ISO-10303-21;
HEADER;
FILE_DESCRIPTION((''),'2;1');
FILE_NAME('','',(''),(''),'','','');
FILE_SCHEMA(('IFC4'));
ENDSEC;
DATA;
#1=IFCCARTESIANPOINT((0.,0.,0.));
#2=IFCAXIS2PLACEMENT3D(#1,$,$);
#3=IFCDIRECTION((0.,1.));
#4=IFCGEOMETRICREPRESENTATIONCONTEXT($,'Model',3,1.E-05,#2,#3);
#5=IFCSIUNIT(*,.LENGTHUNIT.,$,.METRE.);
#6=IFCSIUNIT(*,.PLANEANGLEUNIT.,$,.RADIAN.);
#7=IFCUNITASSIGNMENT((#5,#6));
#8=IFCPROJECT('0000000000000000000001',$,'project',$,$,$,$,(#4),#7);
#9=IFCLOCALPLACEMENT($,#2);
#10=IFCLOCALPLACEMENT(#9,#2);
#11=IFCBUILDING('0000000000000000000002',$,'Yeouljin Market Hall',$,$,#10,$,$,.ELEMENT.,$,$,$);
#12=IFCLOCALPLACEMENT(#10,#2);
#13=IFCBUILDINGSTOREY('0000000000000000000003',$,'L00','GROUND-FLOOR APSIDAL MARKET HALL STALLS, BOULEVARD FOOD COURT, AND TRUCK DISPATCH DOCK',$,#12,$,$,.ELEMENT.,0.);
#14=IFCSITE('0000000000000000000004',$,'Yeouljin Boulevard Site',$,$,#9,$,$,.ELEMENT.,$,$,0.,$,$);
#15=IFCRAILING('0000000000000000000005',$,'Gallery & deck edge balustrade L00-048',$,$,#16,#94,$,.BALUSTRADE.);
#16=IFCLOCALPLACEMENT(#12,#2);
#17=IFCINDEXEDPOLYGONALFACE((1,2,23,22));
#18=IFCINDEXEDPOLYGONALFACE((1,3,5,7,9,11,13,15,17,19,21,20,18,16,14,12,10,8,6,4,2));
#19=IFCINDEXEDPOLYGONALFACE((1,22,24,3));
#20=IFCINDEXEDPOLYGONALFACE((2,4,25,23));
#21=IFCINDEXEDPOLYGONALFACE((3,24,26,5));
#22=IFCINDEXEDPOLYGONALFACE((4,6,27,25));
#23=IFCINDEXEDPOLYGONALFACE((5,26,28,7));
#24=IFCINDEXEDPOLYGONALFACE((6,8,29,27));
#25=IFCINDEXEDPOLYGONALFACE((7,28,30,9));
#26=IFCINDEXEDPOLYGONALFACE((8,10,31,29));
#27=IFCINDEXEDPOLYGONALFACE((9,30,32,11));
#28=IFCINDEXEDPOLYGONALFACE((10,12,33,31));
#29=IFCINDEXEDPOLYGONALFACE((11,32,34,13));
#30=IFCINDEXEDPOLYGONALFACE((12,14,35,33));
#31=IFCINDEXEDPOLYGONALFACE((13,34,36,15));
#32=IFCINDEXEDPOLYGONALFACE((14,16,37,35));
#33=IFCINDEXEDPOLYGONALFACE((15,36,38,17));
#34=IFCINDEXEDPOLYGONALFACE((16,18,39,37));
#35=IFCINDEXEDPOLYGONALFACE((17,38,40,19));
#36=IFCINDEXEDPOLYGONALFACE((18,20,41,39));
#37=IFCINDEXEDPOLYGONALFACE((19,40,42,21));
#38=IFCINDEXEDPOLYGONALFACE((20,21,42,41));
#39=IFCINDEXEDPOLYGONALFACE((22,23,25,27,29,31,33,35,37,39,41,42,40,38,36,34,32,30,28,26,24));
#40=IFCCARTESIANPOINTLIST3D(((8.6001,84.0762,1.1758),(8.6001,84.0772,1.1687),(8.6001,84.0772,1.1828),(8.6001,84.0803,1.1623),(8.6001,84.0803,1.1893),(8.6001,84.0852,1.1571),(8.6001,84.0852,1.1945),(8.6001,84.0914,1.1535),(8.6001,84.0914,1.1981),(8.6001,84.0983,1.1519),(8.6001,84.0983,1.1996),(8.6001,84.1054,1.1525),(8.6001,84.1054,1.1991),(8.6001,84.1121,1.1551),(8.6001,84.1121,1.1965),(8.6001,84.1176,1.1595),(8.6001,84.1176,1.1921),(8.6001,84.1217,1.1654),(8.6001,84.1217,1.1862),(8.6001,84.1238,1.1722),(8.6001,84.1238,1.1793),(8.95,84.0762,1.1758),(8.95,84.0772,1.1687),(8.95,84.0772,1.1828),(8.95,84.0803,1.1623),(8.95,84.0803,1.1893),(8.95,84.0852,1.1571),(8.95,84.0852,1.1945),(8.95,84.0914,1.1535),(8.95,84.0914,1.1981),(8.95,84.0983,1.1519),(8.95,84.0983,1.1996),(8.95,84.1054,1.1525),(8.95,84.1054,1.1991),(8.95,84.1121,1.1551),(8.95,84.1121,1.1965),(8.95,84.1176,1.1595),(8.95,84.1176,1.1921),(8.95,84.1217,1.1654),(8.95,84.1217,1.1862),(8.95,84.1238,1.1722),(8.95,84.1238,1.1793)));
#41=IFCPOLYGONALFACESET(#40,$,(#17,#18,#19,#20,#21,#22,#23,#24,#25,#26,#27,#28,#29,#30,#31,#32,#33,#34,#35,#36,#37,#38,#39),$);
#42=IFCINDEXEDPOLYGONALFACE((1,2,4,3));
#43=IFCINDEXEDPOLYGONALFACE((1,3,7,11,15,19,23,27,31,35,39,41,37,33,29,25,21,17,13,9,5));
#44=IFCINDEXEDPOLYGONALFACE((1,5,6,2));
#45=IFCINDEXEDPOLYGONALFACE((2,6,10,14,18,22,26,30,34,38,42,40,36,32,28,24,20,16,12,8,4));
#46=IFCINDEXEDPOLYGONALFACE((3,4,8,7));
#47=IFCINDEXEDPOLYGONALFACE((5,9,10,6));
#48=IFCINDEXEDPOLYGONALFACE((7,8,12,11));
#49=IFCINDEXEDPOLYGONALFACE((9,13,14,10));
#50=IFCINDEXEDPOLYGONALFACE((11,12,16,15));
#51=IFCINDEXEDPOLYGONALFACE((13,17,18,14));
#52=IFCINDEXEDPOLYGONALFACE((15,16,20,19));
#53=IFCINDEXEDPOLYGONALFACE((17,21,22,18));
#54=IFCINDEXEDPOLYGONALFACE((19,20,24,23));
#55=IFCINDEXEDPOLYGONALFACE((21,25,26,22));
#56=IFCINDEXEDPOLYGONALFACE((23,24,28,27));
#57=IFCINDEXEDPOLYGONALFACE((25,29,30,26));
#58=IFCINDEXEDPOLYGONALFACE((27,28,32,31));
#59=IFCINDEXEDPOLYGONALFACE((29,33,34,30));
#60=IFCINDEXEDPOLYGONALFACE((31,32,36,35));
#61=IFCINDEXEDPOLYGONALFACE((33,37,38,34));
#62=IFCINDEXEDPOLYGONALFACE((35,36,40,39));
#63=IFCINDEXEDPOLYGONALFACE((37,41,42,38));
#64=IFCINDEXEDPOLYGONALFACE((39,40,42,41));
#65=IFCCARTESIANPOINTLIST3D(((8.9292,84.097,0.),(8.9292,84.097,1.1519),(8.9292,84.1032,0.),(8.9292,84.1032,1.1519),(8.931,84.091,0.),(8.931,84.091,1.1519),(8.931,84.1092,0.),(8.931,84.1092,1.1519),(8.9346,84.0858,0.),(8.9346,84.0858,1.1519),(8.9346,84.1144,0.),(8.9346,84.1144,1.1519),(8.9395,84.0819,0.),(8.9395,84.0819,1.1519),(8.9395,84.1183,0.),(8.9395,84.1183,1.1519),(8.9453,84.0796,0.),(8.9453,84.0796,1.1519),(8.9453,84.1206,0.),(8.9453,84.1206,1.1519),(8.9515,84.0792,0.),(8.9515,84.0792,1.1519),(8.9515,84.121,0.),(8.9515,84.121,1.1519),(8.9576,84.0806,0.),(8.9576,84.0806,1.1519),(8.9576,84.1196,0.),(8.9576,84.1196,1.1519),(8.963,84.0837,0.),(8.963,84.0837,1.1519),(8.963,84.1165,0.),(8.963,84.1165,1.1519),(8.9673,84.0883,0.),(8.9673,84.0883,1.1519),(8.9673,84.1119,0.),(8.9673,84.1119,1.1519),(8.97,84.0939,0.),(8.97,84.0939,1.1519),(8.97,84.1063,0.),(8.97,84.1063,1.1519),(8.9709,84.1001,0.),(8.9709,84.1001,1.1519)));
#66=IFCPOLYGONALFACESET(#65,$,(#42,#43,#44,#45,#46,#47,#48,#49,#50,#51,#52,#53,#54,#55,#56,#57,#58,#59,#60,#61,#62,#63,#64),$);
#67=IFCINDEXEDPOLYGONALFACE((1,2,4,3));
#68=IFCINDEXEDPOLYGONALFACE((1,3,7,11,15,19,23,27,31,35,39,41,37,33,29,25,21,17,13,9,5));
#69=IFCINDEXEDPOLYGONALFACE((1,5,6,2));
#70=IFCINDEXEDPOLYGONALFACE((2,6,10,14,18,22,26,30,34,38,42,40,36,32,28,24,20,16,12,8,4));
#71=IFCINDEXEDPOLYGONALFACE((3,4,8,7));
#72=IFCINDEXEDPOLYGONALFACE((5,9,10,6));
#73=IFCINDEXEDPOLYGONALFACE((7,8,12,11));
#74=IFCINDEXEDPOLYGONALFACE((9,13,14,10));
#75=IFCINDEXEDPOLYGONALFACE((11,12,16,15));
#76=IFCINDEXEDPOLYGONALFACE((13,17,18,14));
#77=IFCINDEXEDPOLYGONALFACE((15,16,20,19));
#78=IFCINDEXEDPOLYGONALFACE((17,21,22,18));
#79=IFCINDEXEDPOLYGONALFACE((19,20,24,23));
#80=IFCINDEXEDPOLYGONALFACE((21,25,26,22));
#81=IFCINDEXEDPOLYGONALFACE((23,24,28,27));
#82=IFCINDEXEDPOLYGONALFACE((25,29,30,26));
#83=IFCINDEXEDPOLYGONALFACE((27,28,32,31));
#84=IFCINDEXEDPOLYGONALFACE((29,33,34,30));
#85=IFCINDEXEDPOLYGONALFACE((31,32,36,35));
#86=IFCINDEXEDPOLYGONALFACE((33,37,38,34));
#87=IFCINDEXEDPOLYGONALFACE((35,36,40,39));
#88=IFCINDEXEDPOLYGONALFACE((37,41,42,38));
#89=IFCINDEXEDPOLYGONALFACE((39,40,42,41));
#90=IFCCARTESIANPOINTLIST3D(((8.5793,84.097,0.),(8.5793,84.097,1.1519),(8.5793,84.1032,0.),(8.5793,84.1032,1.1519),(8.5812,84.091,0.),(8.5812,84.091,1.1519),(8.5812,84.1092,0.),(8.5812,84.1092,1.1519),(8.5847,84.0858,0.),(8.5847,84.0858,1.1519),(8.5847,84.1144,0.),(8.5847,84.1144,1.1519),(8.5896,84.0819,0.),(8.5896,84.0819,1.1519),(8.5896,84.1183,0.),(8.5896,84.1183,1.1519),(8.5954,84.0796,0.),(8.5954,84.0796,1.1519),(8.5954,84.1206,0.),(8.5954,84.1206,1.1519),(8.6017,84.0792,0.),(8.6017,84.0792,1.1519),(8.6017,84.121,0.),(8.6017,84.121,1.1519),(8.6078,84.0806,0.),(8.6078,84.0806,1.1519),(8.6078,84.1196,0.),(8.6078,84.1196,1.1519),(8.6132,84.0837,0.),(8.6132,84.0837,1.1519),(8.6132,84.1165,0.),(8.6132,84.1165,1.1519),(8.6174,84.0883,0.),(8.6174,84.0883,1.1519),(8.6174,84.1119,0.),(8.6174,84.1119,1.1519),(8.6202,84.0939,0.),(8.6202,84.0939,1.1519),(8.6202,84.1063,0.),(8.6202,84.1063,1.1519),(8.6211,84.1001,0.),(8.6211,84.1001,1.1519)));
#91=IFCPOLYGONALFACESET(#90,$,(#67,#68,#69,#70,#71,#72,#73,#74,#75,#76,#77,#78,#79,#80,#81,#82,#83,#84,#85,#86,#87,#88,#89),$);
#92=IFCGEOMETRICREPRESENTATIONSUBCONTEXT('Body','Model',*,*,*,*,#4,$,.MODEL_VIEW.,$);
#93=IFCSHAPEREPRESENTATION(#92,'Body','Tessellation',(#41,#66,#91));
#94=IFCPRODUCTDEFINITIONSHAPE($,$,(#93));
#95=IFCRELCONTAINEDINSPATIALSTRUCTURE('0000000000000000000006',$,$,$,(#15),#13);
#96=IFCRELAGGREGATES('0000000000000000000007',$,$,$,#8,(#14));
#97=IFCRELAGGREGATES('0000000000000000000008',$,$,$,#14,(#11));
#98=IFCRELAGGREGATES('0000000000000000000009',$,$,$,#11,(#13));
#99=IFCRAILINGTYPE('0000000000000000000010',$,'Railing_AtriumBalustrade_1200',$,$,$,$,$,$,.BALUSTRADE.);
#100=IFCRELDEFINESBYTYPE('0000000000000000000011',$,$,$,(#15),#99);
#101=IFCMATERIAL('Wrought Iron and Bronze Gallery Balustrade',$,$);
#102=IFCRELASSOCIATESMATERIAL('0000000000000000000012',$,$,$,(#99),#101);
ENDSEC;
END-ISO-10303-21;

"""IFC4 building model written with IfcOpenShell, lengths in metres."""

from ifc_helpers import new_model, si_unit, direction, frame, origin, origin_2d, place, context, subcontext, project, spatial, circle, extrude, material, type_object, element, save


model = new_model("IFC4")

# Units and contexts
model_context = context("Model", 3, precision=1e-05, world=origin(), true_north=direction((0.0, 1.0)))
body_context = subcontext(model_context, "Body", "Model", "MODEL_VIEW")
ifc_project = project(units=[si_unit("LENGTHUNIT", "METRE"), si_unit("PLANEANGLEUNIT", "RADIAN")], contexts=[model_context])

# Site, building, storey
site_placement = place(None, origin())
site = spatial("IfcSite", under=ifc_project, at=site_placement, Name="Yeouljin Boulevard Site", CompositionType="ELEMENT", RefElevation=0.0)
building_placement = place(site_placement, origin())
building = spatial("IfcBuilding", under=site, at=building_placement, Name="Yeouljin Market Hall", CompositionType="ELEMENT")
storey_placement = place(building_placement, origin())
storey = spatial("IfcBuildingStorey", under=building, at=storey_placement, Name="L00", Description="GROUND-FLOOR APSIDAL MARKET HALL STALLS, BOULEVARD FOOD COURT, AND TRUCK DISPATCH DOCK", CompositionType="ELEMENT", Elevation=0.0)

# Railing
ifc_material_1 = material(Name="Wrought Iron and Bronze Gallery Balustrade")
railing_type_1 = type_object("IfcRailingType", Name="Railing_AtriumBalustrade_1200", PredefinedType="BALUSTRADE", material=ifc_material_1)
railing_1_placement = place(storey_placement, frame((8.95, 84.1001, 0.0)))
element("IfcRailing", 1, at=railing_1_placement, inside=storey, type_object=railing_type_1, Name="Gallery & deck edge balustrade L00-048", PredefinedType="BALUSTRADE", context=body_context, shape_type="SweptSolid", body=[
    extrude(circle(Radius=0.0239, at=origin_2d()), frame((0.0, 0.0, 1.1758), z_axis=(-1.0, 0.0, 0.0), x_axis=(0.0, -1.0, 0.0)), (0.0, 0.0, 1.0), 0.3499),
    extrude(circle(Radius=0.021, at=origin_2d()), origin(), (0.0, 0.0, 1.0), 1.1519),
    extrude(circle(Radius=0.021, at=origin_2d()), frame((-0.3499, 0.0, 0.0)), (0.0, 0.0, 1.0), 1.1519),
])

save(model, "model.ifc")
